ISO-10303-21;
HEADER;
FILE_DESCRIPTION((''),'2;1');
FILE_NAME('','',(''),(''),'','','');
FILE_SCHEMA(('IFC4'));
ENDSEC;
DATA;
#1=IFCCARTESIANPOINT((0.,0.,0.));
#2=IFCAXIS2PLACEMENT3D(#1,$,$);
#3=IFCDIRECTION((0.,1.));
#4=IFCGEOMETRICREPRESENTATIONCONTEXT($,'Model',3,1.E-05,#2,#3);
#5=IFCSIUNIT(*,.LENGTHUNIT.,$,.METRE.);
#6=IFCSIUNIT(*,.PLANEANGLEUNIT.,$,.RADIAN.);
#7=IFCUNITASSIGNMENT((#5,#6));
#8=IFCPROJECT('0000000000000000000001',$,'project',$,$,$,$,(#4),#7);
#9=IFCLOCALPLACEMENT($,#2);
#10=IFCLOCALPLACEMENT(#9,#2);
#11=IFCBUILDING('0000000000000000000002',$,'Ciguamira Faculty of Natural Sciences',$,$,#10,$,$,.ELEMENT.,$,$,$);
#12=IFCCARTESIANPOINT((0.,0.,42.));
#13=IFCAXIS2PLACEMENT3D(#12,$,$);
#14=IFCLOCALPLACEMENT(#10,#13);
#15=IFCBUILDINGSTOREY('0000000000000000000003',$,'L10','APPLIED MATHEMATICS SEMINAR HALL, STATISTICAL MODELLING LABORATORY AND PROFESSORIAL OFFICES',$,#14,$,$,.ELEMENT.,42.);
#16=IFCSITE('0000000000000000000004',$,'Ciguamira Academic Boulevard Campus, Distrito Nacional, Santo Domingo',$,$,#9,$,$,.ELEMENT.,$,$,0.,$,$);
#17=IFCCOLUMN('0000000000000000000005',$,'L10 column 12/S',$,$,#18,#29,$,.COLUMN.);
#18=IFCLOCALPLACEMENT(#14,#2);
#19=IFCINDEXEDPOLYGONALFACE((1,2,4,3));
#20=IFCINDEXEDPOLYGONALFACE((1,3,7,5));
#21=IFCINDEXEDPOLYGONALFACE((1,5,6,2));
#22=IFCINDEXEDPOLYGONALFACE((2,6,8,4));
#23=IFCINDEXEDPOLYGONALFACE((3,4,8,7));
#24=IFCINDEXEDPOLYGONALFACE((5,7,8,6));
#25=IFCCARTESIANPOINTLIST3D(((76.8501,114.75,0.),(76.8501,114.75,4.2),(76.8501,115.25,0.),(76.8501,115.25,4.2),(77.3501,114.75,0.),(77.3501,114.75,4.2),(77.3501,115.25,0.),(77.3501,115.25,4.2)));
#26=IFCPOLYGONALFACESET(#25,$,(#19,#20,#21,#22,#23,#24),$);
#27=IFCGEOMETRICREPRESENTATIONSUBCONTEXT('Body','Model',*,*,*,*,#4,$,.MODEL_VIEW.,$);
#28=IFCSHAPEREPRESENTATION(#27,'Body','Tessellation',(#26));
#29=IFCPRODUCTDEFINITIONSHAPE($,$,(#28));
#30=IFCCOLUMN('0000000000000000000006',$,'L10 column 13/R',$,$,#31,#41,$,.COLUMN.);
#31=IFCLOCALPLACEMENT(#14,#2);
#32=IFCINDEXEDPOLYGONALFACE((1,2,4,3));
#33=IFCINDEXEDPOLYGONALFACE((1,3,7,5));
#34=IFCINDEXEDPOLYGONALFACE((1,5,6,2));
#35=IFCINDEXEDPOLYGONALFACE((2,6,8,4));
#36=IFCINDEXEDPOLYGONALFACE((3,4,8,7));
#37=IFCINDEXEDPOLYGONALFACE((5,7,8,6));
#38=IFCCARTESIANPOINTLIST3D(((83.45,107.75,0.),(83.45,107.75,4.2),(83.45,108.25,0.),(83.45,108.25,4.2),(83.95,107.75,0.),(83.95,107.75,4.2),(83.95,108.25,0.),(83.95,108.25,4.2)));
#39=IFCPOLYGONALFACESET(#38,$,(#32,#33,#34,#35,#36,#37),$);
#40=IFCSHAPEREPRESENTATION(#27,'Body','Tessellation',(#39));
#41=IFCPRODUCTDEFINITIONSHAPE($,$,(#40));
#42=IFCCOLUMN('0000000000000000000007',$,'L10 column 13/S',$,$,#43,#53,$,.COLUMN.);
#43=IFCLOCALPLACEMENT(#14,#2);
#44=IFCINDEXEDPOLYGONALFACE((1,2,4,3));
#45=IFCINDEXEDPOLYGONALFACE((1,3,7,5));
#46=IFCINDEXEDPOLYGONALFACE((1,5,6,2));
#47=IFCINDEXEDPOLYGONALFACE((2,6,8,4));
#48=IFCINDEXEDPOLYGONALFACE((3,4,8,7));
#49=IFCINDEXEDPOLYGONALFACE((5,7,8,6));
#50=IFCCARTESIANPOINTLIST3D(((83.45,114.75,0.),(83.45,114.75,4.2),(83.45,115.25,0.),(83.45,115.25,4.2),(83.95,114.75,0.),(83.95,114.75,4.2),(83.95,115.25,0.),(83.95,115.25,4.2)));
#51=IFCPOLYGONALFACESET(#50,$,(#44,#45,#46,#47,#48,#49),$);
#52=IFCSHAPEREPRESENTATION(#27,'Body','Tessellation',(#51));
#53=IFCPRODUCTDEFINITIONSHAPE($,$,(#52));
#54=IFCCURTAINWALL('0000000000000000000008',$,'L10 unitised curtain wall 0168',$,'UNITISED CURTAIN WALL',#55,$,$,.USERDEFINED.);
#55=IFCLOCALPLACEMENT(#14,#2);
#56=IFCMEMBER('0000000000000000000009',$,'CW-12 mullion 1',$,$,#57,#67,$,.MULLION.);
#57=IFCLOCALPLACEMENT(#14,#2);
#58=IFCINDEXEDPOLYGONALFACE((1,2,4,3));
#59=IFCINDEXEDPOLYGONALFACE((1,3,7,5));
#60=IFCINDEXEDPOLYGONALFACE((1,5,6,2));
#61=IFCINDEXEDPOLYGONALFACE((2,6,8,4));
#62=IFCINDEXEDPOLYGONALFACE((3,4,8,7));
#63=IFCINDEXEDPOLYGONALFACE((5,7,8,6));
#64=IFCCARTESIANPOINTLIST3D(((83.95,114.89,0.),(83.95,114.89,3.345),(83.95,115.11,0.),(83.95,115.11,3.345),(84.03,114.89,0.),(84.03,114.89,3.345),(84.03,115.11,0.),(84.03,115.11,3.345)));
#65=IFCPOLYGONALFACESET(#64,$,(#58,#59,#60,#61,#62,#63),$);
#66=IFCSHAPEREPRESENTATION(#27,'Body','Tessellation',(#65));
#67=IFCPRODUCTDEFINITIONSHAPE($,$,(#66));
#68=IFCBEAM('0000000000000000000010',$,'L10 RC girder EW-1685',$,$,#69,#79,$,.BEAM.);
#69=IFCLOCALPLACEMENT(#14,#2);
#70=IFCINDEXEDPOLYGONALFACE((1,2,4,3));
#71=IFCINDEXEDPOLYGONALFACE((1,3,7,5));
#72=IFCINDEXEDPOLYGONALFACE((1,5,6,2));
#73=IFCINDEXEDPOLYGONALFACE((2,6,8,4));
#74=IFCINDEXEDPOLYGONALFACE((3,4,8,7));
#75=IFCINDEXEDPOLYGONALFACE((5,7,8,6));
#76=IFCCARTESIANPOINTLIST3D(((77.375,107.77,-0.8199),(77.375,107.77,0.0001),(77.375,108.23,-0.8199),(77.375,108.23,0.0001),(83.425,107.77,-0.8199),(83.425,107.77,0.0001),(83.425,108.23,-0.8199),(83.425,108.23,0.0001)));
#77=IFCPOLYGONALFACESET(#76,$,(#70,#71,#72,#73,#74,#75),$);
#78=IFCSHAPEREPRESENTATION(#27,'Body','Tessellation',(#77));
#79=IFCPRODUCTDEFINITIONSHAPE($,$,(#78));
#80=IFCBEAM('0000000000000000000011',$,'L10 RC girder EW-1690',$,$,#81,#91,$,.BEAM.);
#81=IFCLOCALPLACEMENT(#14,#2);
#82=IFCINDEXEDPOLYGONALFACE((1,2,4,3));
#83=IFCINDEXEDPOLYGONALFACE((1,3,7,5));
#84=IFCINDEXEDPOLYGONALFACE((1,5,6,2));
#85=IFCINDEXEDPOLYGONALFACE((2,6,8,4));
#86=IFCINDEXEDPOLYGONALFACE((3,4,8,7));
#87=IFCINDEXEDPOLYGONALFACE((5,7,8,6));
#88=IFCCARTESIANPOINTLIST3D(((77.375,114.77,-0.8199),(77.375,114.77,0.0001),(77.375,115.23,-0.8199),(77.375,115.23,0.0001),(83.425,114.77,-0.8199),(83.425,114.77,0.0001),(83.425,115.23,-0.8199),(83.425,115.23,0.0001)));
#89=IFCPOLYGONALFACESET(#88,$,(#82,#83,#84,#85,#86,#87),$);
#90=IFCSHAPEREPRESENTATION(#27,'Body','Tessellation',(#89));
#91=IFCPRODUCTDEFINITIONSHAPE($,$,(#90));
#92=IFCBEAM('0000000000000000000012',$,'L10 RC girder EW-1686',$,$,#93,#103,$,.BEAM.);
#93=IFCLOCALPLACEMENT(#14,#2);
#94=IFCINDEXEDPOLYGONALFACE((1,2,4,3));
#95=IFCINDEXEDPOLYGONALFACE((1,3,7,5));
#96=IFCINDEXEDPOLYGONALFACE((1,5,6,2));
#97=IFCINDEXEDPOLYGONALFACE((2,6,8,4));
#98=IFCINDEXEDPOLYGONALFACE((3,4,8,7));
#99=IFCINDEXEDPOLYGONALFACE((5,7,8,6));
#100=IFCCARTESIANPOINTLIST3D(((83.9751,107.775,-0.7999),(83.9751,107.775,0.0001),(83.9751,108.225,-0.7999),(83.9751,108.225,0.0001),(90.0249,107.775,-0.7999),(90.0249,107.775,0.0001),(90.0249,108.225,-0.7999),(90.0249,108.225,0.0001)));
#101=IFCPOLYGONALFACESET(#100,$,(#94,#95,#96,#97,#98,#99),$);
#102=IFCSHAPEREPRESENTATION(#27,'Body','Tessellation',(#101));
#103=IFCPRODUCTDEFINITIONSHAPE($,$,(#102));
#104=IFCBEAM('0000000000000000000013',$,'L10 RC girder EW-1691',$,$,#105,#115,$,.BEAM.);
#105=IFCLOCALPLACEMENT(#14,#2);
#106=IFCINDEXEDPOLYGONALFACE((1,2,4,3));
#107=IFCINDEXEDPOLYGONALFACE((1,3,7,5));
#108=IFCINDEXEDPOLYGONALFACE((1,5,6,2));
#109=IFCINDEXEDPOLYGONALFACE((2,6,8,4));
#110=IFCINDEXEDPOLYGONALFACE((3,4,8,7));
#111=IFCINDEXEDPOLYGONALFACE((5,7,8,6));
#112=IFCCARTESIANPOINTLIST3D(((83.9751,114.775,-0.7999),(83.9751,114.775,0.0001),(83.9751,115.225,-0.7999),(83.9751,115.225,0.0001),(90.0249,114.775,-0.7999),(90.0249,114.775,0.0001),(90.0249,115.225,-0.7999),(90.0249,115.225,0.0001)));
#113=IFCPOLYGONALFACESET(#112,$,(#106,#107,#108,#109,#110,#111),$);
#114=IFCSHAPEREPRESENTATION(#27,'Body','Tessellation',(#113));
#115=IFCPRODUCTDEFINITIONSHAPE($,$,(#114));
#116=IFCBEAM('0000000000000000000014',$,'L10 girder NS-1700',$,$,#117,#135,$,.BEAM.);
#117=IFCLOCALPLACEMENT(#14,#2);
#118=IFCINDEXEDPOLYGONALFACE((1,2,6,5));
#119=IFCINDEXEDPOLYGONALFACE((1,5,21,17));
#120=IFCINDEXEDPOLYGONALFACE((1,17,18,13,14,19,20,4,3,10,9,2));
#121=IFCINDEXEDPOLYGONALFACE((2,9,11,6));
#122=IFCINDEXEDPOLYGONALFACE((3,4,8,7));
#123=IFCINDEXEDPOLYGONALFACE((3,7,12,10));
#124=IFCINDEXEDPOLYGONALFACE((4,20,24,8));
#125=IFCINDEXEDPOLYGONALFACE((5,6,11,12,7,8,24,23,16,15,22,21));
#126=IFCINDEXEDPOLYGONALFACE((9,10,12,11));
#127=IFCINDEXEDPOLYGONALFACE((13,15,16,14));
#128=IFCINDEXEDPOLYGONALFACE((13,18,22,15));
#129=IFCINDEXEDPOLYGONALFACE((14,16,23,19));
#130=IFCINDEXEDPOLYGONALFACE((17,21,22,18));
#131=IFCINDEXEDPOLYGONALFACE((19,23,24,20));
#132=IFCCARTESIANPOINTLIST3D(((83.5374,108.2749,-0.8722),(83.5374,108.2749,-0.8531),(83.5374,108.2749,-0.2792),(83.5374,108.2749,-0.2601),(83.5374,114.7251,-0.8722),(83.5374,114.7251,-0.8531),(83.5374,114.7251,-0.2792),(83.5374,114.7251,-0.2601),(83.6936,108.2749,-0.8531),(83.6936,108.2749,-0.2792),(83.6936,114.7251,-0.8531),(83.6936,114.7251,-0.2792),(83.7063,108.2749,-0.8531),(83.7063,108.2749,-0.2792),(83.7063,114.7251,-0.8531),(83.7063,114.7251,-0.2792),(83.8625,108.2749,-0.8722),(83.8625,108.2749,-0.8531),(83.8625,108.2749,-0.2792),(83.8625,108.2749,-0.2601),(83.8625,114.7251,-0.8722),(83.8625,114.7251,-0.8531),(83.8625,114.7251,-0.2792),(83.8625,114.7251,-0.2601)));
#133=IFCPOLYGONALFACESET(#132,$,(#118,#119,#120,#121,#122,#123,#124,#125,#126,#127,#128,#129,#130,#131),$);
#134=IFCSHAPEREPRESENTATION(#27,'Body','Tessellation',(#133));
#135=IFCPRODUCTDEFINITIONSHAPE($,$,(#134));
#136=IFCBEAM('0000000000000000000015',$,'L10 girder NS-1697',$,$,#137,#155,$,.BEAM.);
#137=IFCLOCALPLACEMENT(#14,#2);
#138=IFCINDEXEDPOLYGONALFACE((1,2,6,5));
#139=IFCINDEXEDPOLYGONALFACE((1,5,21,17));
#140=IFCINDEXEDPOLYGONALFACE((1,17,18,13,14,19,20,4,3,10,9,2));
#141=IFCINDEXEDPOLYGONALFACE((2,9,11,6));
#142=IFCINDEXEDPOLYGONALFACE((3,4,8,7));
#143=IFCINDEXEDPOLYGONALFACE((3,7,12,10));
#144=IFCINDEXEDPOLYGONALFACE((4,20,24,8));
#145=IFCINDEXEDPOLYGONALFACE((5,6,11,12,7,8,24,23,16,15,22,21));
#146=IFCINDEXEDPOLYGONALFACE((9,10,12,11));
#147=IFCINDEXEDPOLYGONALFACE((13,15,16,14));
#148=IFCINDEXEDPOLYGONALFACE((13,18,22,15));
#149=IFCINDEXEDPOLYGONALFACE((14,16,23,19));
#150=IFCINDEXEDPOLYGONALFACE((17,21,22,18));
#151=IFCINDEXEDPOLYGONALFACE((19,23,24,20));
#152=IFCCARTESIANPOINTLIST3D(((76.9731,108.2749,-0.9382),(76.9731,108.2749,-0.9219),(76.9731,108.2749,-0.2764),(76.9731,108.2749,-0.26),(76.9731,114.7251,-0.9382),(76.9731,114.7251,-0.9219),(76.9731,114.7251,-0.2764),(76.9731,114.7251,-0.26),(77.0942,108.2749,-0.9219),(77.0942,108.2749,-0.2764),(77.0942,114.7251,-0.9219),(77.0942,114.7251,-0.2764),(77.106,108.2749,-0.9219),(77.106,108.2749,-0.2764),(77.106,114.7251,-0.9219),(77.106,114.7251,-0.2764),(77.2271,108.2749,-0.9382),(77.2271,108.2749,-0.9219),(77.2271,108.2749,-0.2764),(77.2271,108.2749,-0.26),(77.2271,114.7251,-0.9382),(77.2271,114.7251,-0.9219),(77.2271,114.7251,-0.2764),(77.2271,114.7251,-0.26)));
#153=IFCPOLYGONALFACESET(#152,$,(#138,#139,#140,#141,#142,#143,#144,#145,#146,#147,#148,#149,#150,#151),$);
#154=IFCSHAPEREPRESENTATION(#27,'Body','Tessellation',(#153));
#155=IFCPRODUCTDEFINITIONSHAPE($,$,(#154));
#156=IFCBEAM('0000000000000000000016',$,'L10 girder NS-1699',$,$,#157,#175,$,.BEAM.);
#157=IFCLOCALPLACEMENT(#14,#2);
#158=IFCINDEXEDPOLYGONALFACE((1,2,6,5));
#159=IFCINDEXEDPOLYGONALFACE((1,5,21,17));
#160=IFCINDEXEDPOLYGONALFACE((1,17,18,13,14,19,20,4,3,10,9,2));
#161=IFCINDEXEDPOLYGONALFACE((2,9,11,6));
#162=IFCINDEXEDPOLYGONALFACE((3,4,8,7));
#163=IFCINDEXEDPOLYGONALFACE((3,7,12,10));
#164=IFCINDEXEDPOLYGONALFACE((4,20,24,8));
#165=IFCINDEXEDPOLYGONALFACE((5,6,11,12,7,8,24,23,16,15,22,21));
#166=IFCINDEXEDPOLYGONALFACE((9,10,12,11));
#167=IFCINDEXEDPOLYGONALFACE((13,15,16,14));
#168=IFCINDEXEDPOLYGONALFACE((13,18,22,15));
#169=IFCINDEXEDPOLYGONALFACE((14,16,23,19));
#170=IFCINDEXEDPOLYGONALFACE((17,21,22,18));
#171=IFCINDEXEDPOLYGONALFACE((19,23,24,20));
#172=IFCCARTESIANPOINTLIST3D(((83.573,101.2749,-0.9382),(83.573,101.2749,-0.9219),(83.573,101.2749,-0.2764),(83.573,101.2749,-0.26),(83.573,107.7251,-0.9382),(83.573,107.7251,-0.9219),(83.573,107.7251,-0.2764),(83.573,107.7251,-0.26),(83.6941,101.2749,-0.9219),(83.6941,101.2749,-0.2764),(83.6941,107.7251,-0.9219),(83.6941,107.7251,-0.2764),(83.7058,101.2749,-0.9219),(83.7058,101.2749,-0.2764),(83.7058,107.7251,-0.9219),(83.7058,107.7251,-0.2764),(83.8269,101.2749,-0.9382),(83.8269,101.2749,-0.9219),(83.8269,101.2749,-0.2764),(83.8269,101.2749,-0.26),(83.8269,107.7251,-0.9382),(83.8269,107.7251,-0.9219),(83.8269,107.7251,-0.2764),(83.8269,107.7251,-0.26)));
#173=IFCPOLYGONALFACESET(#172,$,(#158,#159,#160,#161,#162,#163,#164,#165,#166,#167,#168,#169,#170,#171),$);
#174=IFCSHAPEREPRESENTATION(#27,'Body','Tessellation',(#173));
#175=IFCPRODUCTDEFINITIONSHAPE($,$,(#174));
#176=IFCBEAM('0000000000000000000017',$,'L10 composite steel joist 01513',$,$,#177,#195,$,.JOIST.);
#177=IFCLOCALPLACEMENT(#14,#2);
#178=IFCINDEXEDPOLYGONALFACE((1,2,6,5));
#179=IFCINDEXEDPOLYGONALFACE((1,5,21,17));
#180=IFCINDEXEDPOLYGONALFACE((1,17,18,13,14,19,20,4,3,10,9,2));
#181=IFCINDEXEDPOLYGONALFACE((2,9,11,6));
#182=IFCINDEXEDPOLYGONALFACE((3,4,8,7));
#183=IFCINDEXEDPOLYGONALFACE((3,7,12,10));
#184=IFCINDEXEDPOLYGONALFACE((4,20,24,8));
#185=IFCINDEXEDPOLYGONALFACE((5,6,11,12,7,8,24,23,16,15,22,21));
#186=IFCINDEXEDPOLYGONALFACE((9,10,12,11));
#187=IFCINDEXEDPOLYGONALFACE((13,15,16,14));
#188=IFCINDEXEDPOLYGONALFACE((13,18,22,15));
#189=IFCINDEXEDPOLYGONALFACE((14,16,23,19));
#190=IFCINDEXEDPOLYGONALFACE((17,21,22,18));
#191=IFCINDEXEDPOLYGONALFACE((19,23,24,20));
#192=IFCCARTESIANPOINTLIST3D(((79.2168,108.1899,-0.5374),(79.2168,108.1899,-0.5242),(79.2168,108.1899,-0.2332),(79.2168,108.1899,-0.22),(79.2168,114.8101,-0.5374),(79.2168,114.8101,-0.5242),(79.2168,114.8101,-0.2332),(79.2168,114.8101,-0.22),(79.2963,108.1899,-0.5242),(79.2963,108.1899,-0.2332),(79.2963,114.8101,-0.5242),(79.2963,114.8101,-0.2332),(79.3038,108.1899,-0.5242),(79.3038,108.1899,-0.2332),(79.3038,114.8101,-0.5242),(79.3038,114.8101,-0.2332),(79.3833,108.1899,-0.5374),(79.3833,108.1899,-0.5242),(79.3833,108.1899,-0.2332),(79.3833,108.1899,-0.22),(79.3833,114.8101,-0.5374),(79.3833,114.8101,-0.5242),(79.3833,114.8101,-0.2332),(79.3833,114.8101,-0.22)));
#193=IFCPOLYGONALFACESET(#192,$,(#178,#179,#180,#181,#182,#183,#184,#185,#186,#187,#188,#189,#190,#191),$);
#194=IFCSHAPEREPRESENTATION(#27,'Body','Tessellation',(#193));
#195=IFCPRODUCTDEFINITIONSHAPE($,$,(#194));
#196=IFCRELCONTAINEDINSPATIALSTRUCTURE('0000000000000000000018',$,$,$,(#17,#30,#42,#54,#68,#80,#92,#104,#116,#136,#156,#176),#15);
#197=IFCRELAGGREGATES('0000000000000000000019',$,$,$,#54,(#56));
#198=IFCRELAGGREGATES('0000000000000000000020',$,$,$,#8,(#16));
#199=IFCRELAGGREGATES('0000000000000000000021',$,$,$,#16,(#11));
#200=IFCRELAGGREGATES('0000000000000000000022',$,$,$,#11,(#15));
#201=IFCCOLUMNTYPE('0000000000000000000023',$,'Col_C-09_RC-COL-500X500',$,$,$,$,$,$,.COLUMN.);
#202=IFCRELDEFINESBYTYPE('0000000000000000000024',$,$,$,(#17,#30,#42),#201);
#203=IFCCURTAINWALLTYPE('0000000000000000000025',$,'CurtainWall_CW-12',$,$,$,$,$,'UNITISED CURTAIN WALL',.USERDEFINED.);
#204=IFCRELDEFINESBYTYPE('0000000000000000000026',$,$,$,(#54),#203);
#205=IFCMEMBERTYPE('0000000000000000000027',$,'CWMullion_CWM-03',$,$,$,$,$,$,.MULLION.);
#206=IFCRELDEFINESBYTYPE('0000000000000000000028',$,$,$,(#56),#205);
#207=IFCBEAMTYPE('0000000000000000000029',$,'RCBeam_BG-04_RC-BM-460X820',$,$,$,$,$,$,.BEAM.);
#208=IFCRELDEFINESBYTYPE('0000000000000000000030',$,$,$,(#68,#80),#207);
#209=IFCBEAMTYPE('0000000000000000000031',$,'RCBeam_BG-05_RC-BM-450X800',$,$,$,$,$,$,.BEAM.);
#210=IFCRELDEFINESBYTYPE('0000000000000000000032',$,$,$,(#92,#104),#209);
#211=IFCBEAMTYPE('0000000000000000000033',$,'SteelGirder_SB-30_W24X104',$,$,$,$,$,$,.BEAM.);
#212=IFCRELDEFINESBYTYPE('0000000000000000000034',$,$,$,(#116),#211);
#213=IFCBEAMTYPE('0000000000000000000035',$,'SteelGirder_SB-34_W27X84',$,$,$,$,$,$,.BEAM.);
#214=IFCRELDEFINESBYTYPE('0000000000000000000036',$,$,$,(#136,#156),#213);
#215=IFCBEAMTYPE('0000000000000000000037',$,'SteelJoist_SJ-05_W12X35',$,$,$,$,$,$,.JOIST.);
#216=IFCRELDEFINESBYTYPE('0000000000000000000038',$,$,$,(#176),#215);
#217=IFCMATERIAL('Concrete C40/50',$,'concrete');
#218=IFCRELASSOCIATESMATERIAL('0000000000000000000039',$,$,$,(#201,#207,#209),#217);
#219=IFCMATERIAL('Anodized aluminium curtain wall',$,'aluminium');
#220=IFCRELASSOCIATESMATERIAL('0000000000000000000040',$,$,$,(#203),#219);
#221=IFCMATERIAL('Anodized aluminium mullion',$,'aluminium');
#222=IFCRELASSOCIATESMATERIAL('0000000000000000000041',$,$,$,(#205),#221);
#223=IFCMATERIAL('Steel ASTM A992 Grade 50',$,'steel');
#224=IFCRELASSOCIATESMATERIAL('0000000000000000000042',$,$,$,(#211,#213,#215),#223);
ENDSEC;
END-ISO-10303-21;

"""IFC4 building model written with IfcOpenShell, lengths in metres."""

from ifc_helpers import new_model, si_unit, direction, frame, origin, origin_2d, place, context, subcontext, project, spatial, rectangle, i_section, extrude, material, material_profile, profile_set, type_object, element, aggregate, save


model = new_model("IFC4")

# Units and contexts
model_context = context("Model", 3, precision=1e-05, world=origin(), true_north=direction((0.0, 1.0)))
body_context = subcontext(model_context, "Body", "Model", "MODEL_VIEW")
ifc_project = project(units=[si_unit("LENGTHUNIT", "METRE"), si_unit("PLANEANGLEUNIT", "RADIAN")], contexts=[model_context])

# Site, building, storey
site_placement = place(None, origin())
site = spatial("IfcSite", under=ifc_project, at=site_placement, Name="Ciguamira Academic Boulevard Campus, Distrito Nacional, Santo Domingo", CompositionType="ELEMENT", RefElevation=0.0)
building_placement = place(site_placement, origin())
building = spatial("IfcBuilding", under=site, at=building_placement, Name="Ciguamira Faculty of Natural Sciences", CompositionType="ELEMENT")
storey_placement = place(building_placement, frame((0.0, 0.0, 42.0)))
storey = spatial("IfcBuildingStorey", under=building, at=storey_placement, Name="L10", Description="APPLIED MATHEMATICS SEMINAR HALL, STATISTICAL MODELLING LABORATORY AND PROFESSORIAL OFFICES", CompositionType="ELEMENT", Elevation=42.0)

# Columns
ifc_material_1 = material(Name="Concrete C40/50", Category="concrete")
ifc_material_profile_1 = material_profile(ifc_material_1, rectangle(XDim=0.5, YDim=0.5, at=origin_2d()), Name="RC-COL-500X500")
ifc_profile_set_1 = profile_set([ifc_material_profile_1], Name="Concrete C40/50")
column_type = type_object("IfcColumnType", Name="Col_C-09_RC-COL-500X500", PredefinedType="COLUMN", material=ifc_profile_set_1)
for number, where, z_axis, x_axis, name in (
    (1, (77.1001, 115.0, 0.0), (0.0, 0.0, 1.0), (1.0, 0.0, 0.0), "L10 column 12/S"),
    (2, (83.7, 108.0, 0.0), (0.0, 0.0, 1.0), (1.0, 0.0, 0.0), "L10 column 13/R"),
    (3, (83.7, 115.0, 0.0), (0.0, 0.0, 1.0), (1.0, 0.0, 0.0), "L10 column 13/S"),
):
    element("IfcColumn", number, at=place(storey_placement, frame(where, z_axis=z_axis, x_axis=x_axis)), inside=storey, type_object=column_type, Name=name, PredefinedType="COLUMN", context=body_context, shape_type="SweptSolid", body=[
        extrude(rectangle(XDim=0.5, YDim=0.5, at=origin_2d()), origin(), (0.0, 0.0, 1.0), 4.2),
    ])

# Curtain wall, member
ifc_material_2 = material(Name="Anodized aluminium curtain wall", Category="aluminium")
curtain_wall_type = type_object("IfcCurtainWallType", Name="CurtainWall_CW-12", ElementType="UNITISED CURTAIN WALL", PredefinedType="USERDEFINED", material=ifc_material_2)
curtain_wall_placement = place(storey_placement, origin())
curtain_wall = element("IfcCurtainWall", 4, at=curtain_wall_placement, inside=storey, type_object=curtain_wall_type, Name="L10 unitised curtain wall 0168", ObjectType="UNITISED CURTAIN WALL", PredefinedType="USERDEFINED")
ifc_material_3 = material(Name="Anodized aluminium mullion", Category="aluminium")
ifc_material_profile_2 = material_profile(ifc_material_3, rectangle(XDim=0.0801, YDim=0.22, at=origin_2d()), Name="ALU-MUL-80X220")
ifc_profile_set_2 = profile_set([ifc_material_profile_2], Name="Anodized aluminium mullion")
member_type = type_object("IfcMemberType", Name="CWMullion_CWM-03", PredefinedType="MULLION", material=ifc_profile_set_2)
member_placement = place(storey_placement, frame((83.99, 115.0, 0.0), z_axis=(0.0, 0.0, 1.0), x_axis=(1.0, 0.0, 0.0)))
member = element("IfcMember", 5, at=member_placement, type_object=member_type, Name="CW-12 mullion 1", PredefinedType="MULLION", context=body_context, shape_type="SweptSolid", body=[
    extrude(rectangle(XDim=0.0801, YDim=0.22, at=origin_2d()), origin(), (0.0, 0.0, 1.0), 3.345),
])
aggregate(curtain_wall, [member])

# Beams
ifc_material_profile_3 = material_profile(ifc_material_1, rectangle(XDim=0.46, YDim=0.8201, at=origin_2d()), Name="RC-BM-460X820")
ifc_profile_set_3 = profile_set([ifc_material_profile_3], Name="Concrete C40/50")
beam_type_1 = type_object("IfcBeamType", Name="RCBeam_BG-04_RC-BM-460X820", PredefinedType="BEAM", material=ifc_profile_set_3)
for number, where, z_axis, x_axis, name in (
    (6, (77.375, 108.0, -0.4099), (1.0, 0.0, 0.0), (0.0, 1.0, 0.0), "L10 RC girder EW-1685"),
    (7, (77.375, 115.0, -0.4099), (1.0, 0.0, 0.0), (0.0, 1.0, 0.0), "L10 RC girder EW-1690"),
):
    element("IfcBeam", number, at=place(storey_placement, frame(where, z_axis=z_axis, x_axis=x_axis)), inside=storey, type_object=beam_type_1, Name=name, PredefinedType="BEAM", context=body_context, shape_type="SweptSolid", body=[
        extrude(rectangle(XDim=0.46, YDim=0.8201, at=origin_2d()), origin(), (0.0, 0.0, 1.0), 6.05),
    ])
ifc_material_profile_4 = material_profile(ifc_material_1, rectangle(XDim=0.45, YDim=0.8, at=origin_2d()), Name="RC-BM-450X800")
ifc_profile_set_4 = profile_set([ifc_material_profile_4], Name="Concrete C40/50")
beam_type_2 = type_object("IfcBeamType", Name="RCBeam_BG-05_RC-BM-450X800", PredefinedType="BEAM", material=ifc_profile_set_4)
for number, where, z_axis, x_axis, name in (
    (8, (83.9751, 108.0, -0.3999), (1.0, 0.0, 0.0), (0.0, 1.0, 0.0), "L10 RC girder EW-1686"),
    (9, (83.9751, 115.0, -0.3999), (1.0, 0.0, 0.0), (0.0, 1.0, 0.0), "L10 RC girder EW-1691"),
):
    element("IfcBeam", number, at=place(storey_placement, frame(where, z_axis=z_axis, x_axis=x_axis)), inside=storey, type_object=beam_type_2, Name=name, PredefinedType="BEAM", context=body_context, shape_type="SweptSolid", body=[
        extrude(rectangle(XDim=0.45, YDim=0.8, at=origin_2d()), origin(), (0.0, 0.0, 1.0), 6.0498),
    ])
ifc_material_4 = material(Name="Steel ASTM A992 Grade 50", Category="steel")
ifc_material_profile_5 = material_profile(ifc_material_4, i_section(OverallWidth=0.3252, OverallDepth=0.6121, WebThickness=0.0127, FlangeThickness=0.019, at=origin_2d()), Name="W24X104")
ifc_profile_set_5 = profile_set([ifc_material_profile_5], Name="Steel ASTM A992 Grade 50")
beam_type_3 = type_object("IfcBeamType", Name="SteelGirder_SB-30_W24X104", PredefinedType="BEAM", material=ifc_profile_set_5)
beam_1_placement = place(storey_placement, frame((83.7, 108.2749, -0.5662), z_axis=(0.0, 1.0, 0.0), x_axis=(-1.0, 0.0, 0.0)))
element("IfcBeam", 10, at=beam_1_placement, inside=storey, type_object=beam_type_3, Name="L10 girder NS-1700", PredefinedType="BEAM", context=body_context, shape_type="SweptSolid", body=[
    extrude(i_section(OverallWidth=0.3252, OverallDepth=0.6121, WebThickness=0.0127, FlangeThickness=0.019, at=origin_2d()), origin(), (0.0, 0.0, 1.0), 6.4502),
])
ifc_material_profile_6 = material_profile(ifc_material_4, i_section(OverallWidth=0.2539, OverallDepth=0.6782, WebThickness=0.0117, FlangeThickness=0.0164, at=origin_2d()), Name="W27X84")
ifc_profile_set_6 = profile_set([ifc_material_profile_6], Name="Steel ASTM A992 Grade 50")
beam_type_4 = type_object("IfcBeamType", Name="SteelGirder_SB-34_W27X84", PredefinedType="BEAM", material=ifc_profile_set_6)
for number, where, z_axis, x_axis, name in (
    (11, (77.1001, 108.2749, -0.5991), (0.0, 1.0, 0.0), (-1.0, 0.0, 0.0), "L10 girder NS-1697"),
    (12, (83.7, 101.2749, -0.5991), (0.0, 1.0, 0.0), (-1.0, 0.0, 0.0), "L10 girder NS-1699"),
):
    element("IfcBeam", number, at=place(storey_placement, frame(where, z_axis=z_axis, x_axis=x_axis)), inside=storey, type_object=beam_type_4, Name=name, PredefinedType="BEAM", context=body_context, shape_type="SweptSolid", body=[
        extrude(i_section(OverallWidth=0.2539, OverallDepth=0.6782, WebThickness=0.0117, FlangeThickness=0.0164, at=origin_2d()), origin(), (0.0, 0.0, 1.0), 6.4502),
    ])
ifc_material_profile_7 = material_profile(ifc_material_4, i_section(OverallWidth=0.1665, OverallDepth=0.3174, WebThickness=0.0076, FlangeThickness=0.0132, at=origin_2d()), Name="W12X35")
ifc_profile_set_7 = profile_set([ifc_material_profile_7], Name="Steel ASTM A992 Grade 50")
beam_type_5 = type_object("IfcBeamType", Name="SteelJoist_SJ-05_W12X35", PredefinedType="JOIST", material=ifc_profile_set_7)
beam_2_placement = place(storey_placement, frame((79.3, 108.1899, -0.3787), z_axis=(0.0, 1.0, 0.0), x_axis=(-1.0, 0.0, 0.0)))
element("IfcBeam", 13, at=beam_2_placement, inside=storey, type_object=beam_type_5, Name="L10 composite steel joist 01513", PredefinedType="JOIST", context=body_context, shape_type="SweptSolid", body=[
    extrude(i_section(OverallWidth=0.1665, OverallDepth=0.3174, WebThickness=0.0076, FlangeThickness=0.0132, at=origin_2d()), origin(), (0.0, 0.0, 1.0), 6.6201),
])

save(model, "model.ifc")
